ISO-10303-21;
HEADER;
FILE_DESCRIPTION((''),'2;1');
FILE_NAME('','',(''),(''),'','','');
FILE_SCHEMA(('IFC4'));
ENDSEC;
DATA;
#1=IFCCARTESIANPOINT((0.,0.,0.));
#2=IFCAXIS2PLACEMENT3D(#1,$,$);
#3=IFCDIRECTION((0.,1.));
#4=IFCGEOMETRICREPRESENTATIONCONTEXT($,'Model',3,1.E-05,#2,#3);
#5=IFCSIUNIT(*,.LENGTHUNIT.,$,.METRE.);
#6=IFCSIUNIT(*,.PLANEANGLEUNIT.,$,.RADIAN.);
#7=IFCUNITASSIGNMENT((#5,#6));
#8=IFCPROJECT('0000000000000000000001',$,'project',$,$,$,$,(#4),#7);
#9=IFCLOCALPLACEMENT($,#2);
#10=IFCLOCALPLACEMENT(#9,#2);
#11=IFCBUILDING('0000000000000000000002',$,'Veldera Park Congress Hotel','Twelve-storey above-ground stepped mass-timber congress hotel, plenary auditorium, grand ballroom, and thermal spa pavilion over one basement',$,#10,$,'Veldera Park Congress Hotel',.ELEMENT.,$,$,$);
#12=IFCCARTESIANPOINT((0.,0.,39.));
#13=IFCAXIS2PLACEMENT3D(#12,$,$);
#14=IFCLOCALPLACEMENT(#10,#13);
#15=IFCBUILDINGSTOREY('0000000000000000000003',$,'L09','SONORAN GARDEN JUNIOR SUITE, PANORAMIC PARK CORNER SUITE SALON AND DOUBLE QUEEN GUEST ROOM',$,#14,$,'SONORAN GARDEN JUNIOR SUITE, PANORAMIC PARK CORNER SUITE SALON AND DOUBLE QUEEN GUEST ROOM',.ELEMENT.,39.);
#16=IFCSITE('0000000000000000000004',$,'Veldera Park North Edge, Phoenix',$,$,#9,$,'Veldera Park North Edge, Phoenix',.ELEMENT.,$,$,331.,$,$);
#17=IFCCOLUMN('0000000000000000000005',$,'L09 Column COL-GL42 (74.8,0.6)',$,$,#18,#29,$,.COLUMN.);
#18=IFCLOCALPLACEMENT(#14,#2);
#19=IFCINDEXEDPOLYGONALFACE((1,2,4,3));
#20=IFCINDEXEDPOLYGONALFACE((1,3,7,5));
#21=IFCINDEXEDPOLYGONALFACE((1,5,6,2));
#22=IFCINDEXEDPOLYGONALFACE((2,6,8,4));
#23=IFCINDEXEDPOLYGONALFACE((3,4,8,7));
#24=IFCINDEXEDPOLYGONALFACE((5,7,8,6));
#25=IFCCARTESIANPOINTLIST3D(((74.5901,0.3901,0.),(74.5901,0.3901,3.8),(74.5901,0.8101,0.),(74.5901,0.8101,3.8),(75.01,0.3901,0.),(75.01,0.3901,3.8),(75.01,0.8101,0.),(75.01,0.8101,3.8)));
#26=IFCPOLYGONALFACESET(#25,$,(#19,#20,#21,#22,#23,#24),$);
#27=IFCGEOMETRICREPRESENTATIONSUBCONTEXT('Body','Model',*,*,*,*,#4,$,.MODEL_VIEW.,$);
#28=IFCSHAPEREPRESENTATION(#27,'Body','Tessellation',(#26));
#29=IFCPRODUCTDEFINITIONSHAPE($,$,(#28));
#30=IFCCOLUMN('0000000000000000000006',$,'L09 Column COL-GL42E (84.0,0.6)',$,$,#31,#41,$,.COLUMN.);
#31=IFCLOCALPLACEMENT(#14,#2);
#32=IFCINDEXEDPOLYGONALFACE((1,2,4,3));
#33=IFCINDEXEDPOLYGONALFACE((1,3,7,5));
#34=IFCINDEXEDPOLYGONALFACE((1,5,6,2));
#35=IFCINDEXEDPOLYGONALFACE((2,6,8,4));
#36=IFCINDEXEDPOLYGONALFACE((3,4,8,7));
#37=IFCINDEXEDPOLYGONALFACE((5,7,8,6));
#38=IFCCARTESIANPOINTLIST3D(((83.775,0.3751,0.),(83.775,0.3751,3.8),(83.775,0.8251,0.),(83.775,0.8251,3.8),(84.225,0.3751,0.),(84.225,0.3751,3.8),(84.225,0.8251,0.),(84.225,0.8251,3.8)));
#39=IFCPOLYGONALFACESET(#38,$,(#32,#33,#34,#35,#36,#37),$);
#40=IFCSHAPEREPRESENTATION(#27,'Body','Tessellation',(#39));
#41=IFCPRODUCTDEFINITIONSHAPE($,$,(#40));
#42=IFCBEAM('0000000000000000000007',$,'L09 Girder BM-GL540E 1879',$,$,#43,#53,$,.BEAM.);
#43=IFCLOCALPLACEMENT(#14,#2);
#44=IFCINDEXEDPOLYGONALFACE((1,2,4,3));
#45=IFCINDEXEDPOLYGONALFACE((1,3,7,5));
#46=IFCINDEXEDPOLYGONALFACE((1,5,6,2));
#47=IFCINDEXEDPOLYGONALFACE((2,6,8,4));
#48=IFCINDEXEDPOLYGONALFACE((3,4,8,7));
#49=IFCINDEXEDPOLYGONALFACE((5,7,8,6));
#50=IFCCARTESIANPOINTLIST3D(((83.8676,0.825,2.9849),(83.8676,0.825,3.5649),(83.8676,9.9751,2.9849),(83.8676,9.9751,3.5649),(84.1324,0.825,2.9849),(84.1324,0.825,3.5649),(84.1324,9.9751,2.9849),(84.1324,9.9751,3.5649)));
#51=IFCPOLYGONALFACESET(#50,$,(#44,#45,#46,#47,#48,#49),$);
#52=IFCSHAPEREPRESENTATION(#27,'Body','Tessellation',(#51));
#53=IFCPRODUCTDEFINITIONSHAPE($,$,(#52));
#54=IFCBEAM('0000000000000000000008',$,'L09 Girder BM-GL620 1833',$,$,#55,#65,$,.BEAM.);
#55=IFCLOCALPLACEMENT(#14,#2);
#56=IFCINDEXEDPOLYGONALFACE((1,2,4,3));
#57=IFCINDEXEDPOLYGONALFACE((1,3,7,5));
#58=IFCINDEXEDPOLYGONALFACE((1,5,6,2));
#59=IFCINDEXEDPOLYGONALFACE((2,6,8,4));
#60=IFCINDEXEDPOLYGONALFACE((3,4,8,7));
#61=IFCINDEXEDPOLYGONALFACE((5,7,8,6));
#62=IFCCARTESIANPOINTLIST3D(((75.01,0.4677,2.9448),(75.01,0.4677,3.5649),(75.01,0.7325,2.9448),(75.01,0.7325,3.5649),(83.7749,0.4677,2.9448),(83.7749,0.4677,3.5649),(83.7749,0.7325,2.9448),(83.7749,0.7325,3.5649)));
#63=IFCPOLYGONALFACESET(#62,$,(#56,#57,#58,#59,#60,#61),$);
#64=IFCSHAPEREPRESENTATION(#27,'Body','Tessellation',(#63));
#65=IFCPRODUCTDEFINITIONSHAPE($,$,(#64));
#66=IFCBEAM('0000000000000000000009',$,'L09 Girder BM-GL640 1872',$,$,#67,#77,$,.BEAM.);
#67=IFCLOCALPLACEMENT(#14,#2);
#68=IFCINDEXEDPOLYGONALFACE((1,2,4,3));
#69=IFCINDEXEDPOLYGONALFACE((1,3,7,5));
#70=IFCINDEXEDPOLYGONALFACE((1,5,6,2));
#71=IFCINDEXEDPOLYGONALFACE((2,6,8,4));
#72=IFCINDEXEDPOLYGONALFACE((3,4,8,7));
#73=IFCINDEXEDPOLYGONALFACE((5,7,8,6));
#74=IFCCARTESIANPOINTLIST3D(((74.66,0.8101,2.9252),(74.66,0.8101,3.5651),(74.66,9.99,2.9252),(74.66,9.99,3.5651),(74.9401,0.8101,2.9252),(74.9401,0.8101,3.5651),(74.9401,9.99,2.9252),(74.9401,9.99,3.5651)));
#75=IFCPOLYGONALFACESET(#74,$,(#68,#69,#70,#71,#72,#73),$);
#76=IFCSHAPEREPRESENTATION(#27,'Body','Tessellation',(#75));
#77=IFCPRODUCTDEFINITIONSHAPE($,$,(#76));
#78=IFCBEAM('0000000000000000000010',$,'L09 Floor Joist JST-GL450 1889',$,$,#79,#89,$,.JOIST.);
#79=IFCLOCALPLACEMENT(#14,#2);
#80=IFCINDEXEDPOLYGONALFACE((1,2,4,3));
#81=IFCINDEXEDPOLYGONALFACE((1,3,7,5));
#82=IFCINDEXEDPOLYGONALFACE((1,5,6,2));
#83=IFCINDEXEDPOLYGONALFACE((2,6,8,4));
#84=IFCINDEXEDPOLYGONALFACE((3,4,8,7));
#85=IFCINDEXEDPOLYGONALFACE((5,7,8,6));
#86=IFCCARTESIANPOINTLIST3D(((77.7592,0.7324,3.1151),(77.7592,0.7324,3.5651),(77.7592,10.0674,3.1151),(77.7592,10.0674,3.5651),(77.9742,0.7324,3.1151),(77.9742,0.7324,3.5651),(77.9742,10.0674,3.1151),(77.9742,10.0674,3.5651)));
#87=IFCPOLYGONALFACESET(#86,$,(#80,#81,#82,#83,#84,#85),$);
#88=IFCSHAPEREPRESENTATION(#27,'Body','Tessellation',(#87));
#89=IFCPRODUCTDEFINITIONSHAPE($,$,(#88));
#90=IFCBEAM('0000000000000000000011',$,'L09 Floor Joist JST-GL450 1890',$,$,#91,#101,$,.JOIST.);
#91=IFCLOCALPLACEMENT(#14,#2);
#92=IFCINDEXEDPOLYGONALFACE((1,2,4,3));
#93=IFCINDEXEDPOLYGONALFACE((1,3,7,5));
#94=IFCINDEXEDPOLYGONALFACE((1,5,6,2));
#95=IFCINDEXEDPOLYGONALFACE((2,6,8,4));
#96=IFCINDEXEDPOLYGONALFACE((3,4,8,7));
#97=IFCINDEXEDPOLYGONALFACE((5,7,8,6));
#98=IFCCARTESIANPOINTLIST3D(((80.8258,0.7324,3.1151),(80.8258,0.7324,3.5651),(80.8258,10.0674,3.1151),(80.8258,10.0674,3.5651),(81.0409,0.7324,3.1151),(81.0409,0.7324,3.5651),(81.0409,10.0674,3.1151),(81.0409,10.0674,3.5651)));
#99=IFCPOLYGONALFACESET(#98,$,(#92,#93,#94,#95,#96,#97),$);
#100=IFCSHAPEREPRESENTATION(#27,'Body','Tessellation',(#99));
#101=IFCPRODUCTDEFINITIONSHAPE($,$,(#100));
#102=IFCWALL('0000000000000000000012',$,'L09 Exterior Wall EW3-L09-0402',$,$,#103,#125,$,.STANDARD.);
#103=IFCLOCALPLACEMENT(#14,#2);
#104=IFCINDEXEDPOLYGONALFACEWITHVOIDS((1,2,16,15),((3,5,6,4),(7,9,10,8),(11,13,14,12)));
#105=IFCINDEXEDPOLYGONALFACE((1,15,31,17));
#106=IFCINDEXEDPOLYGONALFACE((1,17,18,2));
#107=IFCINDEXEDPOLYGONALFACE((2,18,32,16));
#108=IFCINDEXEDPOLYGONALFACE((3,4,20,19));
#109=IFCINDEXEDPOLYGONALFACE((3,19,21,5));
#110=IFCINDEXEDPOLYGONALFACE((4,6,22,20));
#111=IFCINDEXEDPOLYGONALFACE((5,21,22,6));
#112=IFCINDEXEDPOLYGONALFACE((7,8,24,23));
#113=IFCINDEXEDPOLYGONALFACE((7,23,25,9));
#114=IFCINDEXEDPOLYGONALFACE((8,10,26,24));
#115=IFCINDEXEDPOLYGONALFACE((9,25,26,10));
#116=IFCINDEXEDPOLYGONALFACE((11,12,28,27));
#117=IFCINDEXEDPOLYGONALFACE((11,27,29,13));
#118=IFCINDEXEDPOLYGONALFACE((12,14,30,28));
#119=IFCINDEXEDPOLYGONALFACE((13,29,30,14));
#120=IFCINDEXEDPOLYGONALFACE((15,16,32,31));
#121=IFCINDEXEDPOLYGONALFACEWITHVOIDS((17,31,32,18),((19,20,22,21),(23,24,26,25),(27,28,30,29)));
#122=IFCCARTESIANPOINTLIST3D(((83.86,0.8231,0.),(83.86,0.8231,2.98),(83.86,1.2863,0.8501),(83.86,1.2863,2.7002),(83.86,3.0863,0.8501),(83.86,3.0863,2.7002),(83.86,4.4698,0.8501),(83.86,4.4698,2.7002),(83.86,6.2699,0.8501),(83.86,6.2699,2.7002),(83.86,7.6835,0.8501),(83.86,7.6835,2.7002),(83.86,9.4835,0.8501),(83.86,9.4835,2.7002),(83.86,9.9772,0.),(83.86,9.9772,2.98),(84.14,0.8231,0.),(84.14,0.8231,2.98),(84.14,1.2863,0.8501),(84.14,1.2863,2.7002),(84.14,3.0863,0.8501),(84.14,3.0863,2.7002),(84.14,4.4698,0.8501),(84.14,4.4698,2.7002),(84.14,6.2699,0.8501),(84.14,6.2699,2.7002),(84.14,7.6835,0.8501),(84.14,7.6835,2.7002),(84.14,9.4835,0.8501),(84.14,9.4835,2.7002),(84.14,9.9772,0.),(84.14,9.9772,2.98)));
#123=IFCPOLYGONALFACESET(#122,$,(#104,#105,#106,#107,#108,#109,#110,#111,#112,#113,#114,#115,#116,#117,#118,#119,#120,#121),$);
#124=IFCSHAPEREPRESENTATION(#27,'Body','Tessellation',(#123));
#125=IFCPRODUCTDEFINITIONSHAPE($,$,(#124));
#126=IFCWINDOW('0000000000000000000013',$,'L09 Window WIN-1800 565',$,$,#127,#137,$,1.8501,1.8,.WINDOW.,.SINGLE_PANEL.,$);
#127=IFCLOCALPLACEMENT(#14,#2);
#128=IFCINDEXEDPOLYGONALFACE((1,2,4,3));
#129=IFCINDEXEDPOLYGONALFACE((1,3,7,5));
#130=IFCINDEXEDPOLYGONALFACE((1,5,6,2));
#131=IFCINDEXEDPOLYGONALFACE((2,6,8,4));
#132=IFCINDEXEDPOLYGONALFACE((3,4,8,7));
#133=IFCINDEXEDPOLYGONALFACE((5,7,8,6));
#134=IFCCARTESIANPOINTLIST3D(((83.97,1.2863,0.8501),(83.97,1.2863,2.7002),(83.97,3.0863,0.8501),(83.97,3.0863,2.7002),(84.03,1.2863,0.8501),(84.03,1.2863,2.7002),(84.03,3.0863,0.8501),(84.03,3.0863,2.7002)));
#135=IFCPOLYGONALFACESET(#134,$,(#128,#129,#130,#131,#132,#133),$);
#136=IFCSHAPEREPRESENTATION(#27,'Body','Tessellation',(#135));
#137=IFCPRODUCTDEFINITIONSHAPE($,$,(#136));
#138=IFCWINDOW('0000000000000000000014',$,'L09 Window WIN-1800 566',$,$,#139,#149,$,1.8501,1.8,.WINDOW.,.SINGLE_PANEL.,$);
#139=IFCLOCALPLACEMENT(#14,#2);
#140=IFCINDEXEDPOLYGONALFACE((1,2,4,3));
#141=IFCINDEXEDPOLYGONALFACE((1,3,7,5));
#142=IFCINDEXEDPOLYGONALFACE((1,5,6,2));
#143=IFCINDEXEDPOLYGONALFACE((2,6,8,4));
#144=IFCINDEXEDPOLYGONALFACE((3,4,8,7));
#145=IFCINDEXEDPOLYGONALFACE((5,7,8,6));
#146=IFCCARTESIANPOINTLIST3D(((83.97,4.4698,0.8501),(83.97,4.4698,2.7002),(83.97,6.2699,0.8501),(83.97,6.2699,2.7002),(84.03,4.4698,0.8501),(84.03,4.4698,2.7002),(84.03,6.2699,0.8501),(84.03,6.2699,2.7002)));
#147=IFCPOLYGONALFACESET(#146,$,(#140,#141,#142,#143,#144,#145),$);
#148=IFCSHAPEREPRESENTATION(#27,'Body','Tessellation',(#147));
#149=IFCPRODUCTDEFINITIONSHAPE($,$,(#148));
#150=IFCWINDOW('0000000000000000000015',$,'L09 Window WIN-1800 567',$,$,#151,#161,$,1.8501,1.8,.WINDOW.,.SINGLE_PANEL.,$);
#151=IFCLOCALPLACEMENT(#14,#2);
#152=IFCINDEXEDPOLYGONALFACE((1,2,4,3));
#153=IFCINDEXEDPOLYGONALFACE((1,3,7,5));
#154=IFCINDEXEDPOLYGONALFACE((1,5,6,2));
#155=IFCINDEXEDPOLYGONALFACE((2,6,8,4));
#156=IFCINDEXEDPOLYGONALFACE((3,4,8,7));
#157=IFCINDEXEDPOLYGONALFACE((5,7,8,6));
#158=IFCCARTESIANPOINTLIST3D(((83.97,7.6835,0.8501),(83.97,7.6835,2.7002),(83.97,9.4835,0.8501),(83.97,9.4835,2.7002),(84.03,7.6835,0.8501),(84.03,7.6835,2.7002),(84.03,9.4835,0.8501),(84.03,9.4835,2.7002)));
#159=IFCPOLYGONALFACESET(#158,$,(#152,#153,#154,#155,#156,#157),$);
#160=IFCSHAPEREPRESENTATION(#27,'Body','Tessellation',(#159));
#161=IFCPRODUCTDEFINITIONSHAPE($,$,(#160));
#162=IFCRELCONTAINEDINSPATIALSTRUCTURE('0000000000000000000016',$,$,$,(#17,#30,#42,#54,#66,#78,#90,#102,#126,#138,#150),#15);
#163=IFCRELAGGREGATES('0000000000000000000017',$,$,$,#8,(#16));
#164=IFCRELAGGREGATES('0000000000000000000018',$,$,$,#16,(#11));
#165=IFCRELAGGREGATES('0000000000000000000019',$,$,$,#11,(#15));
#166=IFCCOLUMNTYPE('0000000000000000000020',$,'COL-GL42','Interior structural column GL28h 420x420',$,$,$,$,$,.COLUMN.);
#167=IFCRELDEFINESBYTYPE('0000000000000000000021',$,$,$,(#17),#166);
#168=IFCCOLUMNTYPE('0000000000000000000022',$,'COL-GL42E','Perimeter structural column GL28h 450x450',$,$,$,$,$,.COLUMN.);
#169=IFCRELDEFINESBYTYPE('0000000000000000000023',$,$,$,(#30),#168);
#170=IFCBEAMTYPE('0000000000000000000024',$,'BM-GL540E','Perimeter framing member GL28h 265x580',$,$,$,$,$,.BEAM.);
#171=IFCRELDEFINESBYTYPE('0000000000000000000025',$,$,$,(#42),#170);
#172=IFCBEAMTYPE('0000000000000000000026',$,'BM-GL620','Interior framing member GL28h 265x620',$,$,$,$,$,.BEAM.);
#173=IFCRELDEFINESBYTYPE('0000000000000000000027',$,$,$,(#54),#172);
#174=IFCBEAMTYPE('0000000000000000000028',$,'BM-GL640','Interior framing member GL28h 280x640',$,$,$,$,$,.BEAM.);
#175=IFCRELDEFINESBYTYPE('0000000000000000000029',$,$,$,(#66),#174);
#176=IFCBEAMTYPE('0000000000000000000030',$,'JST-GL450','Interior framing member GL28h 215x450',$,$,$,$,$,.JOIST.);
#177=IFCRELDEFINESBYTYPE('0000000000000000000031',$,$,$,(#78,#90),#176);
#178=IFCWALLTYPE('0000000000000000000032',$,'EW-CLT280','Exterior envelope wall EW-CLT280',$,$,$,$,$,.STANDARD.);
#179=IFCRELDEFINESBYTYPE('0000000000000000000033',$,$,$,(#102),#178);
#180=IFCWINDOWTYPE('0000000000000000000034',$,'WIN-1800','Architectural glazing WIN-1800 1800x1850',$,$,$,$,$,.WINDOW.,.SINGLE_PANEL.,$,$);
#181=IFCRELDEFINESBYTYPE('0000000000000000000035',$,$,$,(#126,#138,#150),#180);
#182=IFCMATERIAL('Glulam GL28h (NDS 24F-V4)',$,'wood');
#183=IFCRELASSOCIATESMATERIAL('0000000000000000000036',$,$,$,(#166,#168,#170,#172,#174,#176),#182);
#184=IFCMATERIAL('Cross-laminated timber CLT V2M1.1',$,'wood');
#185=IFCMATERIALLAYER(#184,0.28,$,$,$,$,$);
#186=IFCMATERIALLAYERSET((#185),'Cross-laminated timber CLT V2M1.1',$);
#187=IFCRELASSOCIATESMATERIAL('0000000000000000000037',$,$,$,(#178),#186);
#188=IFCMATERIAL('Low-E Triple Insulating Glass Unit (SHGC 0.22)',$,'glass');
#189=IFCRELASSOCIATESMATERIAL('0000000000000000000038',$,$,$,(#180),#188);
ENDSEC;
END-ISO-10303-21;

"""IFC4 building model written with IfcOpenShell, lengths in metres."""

from ifc_helpers import new_model, si_unit, direction, frame, frame_2d, origin, origin_2d, place, context, subcontext, project, spatial, rectangle, extrude, material, layer, layer_set, material_profile, profile_set, type_object, element, fill, save


model = new_model("IFC4")

# Units and contexts
model_context = context("Model", 3, precision=1e-05, world=origin(), true_north=direction((0.0, 1.0)))
body_context = subcontext(model_context, "Body", "Model", "MODEL_VIEW")
ifc_project = project(units=[si_unit("LENGTHUNIT", "METRE"), si_unit("PLANEANGLEUNIT", "RADIAN")], contexts=[model_context])

# Site, building, storey
site_placement = place(None, origin())
site = spatial("IfcSite", under=ifc_project, at=site_placement, Name="Veldera Park North Edge, Phoenix", LongName="Veldera Park North Edge, Phoenix", CompositionType="ELEMENT", RefElevation=331.0)
building_placement = place(site_placement, origin())
building = spatial("IfcBuilding", under=site, at=building_placement, Name="Veldera Park Congress Hotel", Description="Twelve-storey above-ground stepped mass-timber congress hotel, plenary auditorium, grand ballroom, and thermal spa pavilion over one basement", LongName="Veldera Park Congress Hotel", CompositionType="ELEMENT")
storey_placement = place(building_placement, frame((0.0, 0.0, 39.0)))
storey = spatial("IfcBuildingStorey", under=building, at=storey_placement, Name="L09", Description="SONORAN GARDEN JUNIOR SUITE, PANORAMIC PARK CORNER SUITE SALON AND DOUBLE QUEEN GUEST ROOM", LongName="SONORAN GARDEN JUNIOR SUITE, PANORAMIC PARK CORNER SUITE SALON AND DOUBLE QUEEN GUEST ROOM", CompositionType="ELEMENT", Elevation=39.0)

# Columns
ifc_material_1 = material(Name="Glulam GL28h (NDS 24F-V4)", Category="wood")
ifc_material_profile_1 = material_profile(ifc_material_1, rectangle(XDim=0.4199, YDim=0.4199, at=origin_2d()), Name="GL28h 420x420")
ifc_profile_set_1 = profile_set([ifc_material_profile_1], Name="Glulam GL28h (NDS 24F-V4)")
column_type_1 = type_object("IfcColumnType", Name="COL-GL42", Description="Interior structural column GL28h 420x420", PredefinedType="COLUMN", material=ifc_profile_set_1)
column_1_placement = place(storey_placement, frame((74.8, 0.6001, 0.0), z_axis=(0.0, 0.0, 1.0), x_axis=(1.0, 0.0, 0.0)))
element("IfcColumn", 1, at=column_1_placement, inside=storey, type_object=column_type_1, Name="L09 Column COL-GL42 (74.8,0.6)", PredefinedType="COLUMN", context=body_context, shape_type="SweptSolid", body=[
    extrude(rectangle(XDim=0.4199, YDim=0.4199, at=origin_2d()), origin(), (0.0, 0.0, 1.0), 3.8),
])
ifc_material_profile_2 = material_profile(ifc_material_1, rectangle(XDim=0.45, YDim=0.45, at=origin_2d()), Name="GL28h 450x450")
ifc_profile_set_2 = profile_set([ifc_material_profile_2], Name="Glulam GL28h (NDS 24F-V4)")
column_type_2 = type_object("IfcColumnType", Name="COL-GL42E", Description="Perimeter structural column GL28h 450x450", PredefinedType="COLUMN", material=ifc_profile_set_2)
column_2_placement = place(storey_placement, frame((84.0, 0.6001, 0.0), z_axis=(0.0, 0.0, 1.0), x_axis=(1.0, 0.0, 0.0)))
element("IfcColumn", 2, at=column_2_placement, inside=storey, type_object=column_type_2, Name="L09 Column COL-GL42E (84.0,0.6)", PredefinedType="COLUMN", context=body_context, shape_type="SweptSolid", body=[
    extrude(rectangle(XDim=0.45, YDim=0.45, at=origin_2d()), origin(), (0.0, 0.0, 1.0), 3.8),
])

# Beams
ifc_material_profile_3 = material_profile(ifc_material_1, rectangle(XDim=0.2649, YDim=0.5801, at=origin_2d()), Name="GL28h 265x580")
ifc_profile_set_3 = profile_set([ifc_material_profile_3], Name="Glulam GL28h (NDS 24F-V4)")
beam_type_1 = type_object("IfcBeamType", Name="BM-GL540E", Description="Perimeter framing member GL28h 265x580", PredefinedType="BEAM", material=ifc_profile_set_3)
beam_1_placement = place(storey_placement, frame((84.0, 0.825, 3.2749), z_axis=(0.0, 1.0, 0.0), x_axis=(-1.0, 0.0, 0.0)))
element("IfcBeam", 3, at=beam_1_placement, inside=storey, type_object=beam_type_1, Name="L09 Girder BM-GL540E 1879", PredefinedType="BEAM", context=body_context, shape_type="SweptSolid", body=[
    extrude(rectangle(XDim=0.2649, YDim=0.5801, at=origin_2d()), origin(), (0.0, 0.0, 1.0), 9.1501),
])
ifc_material_profile_4 = material_profile(ifc_material_1, rectangle(XDim=0.2649, YDim=0.6201, at=origin_2d()), Name="GL28h 265x620")
ifc_profile_set_4 = profile_set([ifc_material_profile_4], Name="Glulam GL28h (NDS 24F-V4)")
beam_type_2 = type_object("IfcBeamType", Name="BM-GL620", Description="Interior framing member GL28h 265x620", PredefinedType="BEAM", material=ifc_profile_set_4)
beam_2_placement = place(storey_placement, frame((75.01, 0.6001, 3.2549), z_axis=(1.0, 0.0, 0.0), x_axis=(0.0, 1.0, 0.0)))
element("IfcBeam", 4, at=beam_2_placement, inside=storey, type_object=beam_type_2, Name="L09 Girder BM-GL620 1833", PredefinedType="BEAM", context=body_context, shape_type="SweptSolid", body=[
    extrude(rectangle(XDim=0.2649, YDim=0.6201, at=origin_2d()), origin(), (0.0, 0.0, 1.0), 8.7649),
])
ifc_material_profile_5 = material_profile(ifc_material_1, rectangle(XDim=0.28, YDim=0.6399, at=origin_2d()), Name="GL28h 280x640")
ifc_profile_set_5 = profile_set([ifc_material_profile_5], Name="Glulam GL28h (NDS 24F-V4)")
beam_type_3 = type_object("IfcBeamType", Name="BM-GL640", Description="Interior framing member GL28h 280x640", PredefinedType="BEAM", material=ifc_profile_set_5)
beam_3_placement = place(storey_placement, frame((74.8, 0.8101, 3.2451), z_axis=(0.0, 1.0, 0.0), x_axis=(-1.0, 0.0, 0.0)))
element("IfcBeam", 5, at=beam_3_placement, inside=storey, type_object=beam_type_3, Name="L09 Girder BM-GL640 1872", PredefinedType="BEAM", context=body_context, shape_type="SweptSolid", body=[
    extrude(rectangle(XDim=0.28, YDim=0.6399, at=origin_2d()), origin(), (0.0, 0.0, 1.0), 9.1799),
])
ifc_material_profile_6 = material_profile(ifc_material_1, rectangle(XDim=0.2151, YDim=0.45, at=origin_2d()), Name="GL28h 215x450")
ifc_profile_set_6 = profile_set([ifc_material_profile_6], Name="Glulam GL28h (NDS 24F-V4)")
beam_type_4 = type_object("IfcBeamType", Name="JST-GL450", Description="Interior framing member GL28h 215x450", PredefinedType="JOIST", material=ifc_profile_set_6)
for number, where, z_axis, x_axis, name in (
    (6, (77.8667, 0.7324, 3.3401), (0.0, 1.0, 0.0), (-1.0, 0.0, 0.0), "L09 Floor Joist JST-GL450 1889"),
    (7, (80.9333, 0.7324, 3.3401), (0.0, 1.0, 0.0), (-1.0, 0.0, 0.0), "L09 Floor Joist JST-GL450 1890"),
):
    element("IfcBeam", number, at=place(storey_placement, frame(where, z_axis=z_axis, x_axis=x_axis)), inside=storey, type_object=beam_type_4, Name=name, PredefinedType="JOIST", context=body_context, shape_type="SweptSolid", body=[
        extrude(rectangle(XDim=0.2151, YDim=0.45, at=origin_2d()), origin(), (0.0, 0.0, 1.0), 9.335),
    ])

# Wall, openings, windows
ifc_material_2 = material(Name="Cross-laminated timber CLT V2M1.1", Category="wood")
ifc_layer_1 = layer(ifc_material_2, 0.28)
ifc_layer_set_1 = layer_set([ifc_layer_1], Name="Cross-laminated timber CLT V2M1.1")
wall_type_1 = type_object("IfcWallType", Name="EW-CLT280", Description="Exterior envelope wall EW-CLT280", PredefinedType="STANDARD", material=ifc_layer_set_1)
wall_1_placement = place(storey_placement, frame((84.0, 0.823, 0.0), z_axis=(0.0, 0.0, 1.0), x_axis=(0.0, 1.0, 0.0)))
wall_1 = element("IfcWall", 8, at=wall_1_placement, inside=storey, type_object=wall_type_1, Name="L09 Exterior Wall EW3-L09-0402", PredefinedType="STANDARD", context=body_context, shape_type="SweptSolid", body=[
    extrude(rectangle(XDim=9.1541, YDim=0.28, at=frame_2d((4.5771, 0.0))), origin(), (0.0, 0.0, 1.0), 2.98),
])
opening_1_placement = place(wall_1_placement, frame((0.4634, 0.0, 0.8501)))
opening_1 = element("IfcOpeningElement", 9, at=opening_1_placement, cuts=wall_1, PredefinedType="OPENING", context=body_context, shape_type="SweptSolid", body=[
    extrude(rectangle(XDim=1.8, YDim=1.8501, at=frame_2d((0.8999, 0.925))), frame((0.0, 0.1521, 0.0), z_axis=(0.0, -1.0, 0.0), x_axis=(1.0, 0.0, 0.0)), (0.0, 0.0, 1.0), 0.304),
])
opening_2_placement = place(wall_1_placement, frame((3.647, 0.0, 0.8501)))
opening_2 = element("IfcOpeningElement", 10, at=opening_2_placement, cuts=wall_1, PredefinedType="OPENING", context=body_context, shape_type="SweptSolid", body=[
    extrude(rectangle(XDim=1.8, YDim=1.8501, at=frame_2d((0.8999, 0.925))), frame((0.0, 0.1521, 0.0), z_axis=(0.0, -1.0, 0.0), x_axis=(1.0, 0.0, 0.0)), (0.0, 0.0, 1.0), 0.304),
])
opening_3_placement = place(wall_1_placement, frame((6.8606, 0.0, 0.8501)))
opening_3 = element("IfcOpeningElement", 11, at=opening_3_placement, cuts=wall_1, PredefinedType="OPENING", context=body_context, shape_type="SweptSolid", body=[
    extrude(rectangle(XDim=1.8, YDim=1.8501, at=frame_2d((0.8999, 0.925))), frame((0.0, 0.1521, 0.0), z_axis=(0.0, -1.0, 0.0), x_axis=(1.0, 0.0, 0.0)), (0.0, 0.0, 1.0), 0.304),
])
ifc_material_3 = material(Name="Low-E Triple Insulating Glass Unit (SHGC 0.22)", Category="glass")
window_type = type_object("IfcWindowType", Name="WIN-1800", Description="Architectural glazing WIN-1800 1800x1850", PartitioningType="SINGLE_PANEL", PredefinedType="WINDOW", material=ifc_material_3)
window_1_placement = place(opening_1_placement, origin())
window_1 = element("IfcWindow", 12, at=window_1_placement, inside=storey, type_object=window_type, Name="L09 Window WIN-1800 565", OverallHeight=1.8501, OverallWidth=1.8, PartitioningType="SINGLE_PANEL", PredefinedType="WINDOW", context=body_context, shape_type="SweptSolid", body=[
    extrude(rectangle(XDim=1.8, YDim=1.8501, at=frame_2d((0.8999, 0.925))), frame((0.0, 0.03, 0.0), z_axis=(0.0, -1.0, 0.0), x_axis=(1.0, 0.0, 0.0)), (0.0, 0.0, 1.0), 0.0601),
])
fill(opening_1, window_1)
window_2_placement = place(opening_2_placement, origin())
window_2 = element("IfcWindow", 13, at=window_2_placement, inside=storey, type_object=window_type, Name="L09 Window WIN-1800 566", OverallHeight=1.8501, OverallWidth=1.8, PartitioningType="SINGLE_PANEL", PredefinedType="WINDOW", context=body_context, shape_type="SweptSolid", body=[
    extrude(rectangle(XDim=1.8, YDim=1.8501, at=frame_2d((0.8999, 0.925))), frame((0.0, 0.03, 0.0), z_axis=(0.0, -1.0, 0.0), x_axis=(1.0, 0.0, 0.0)), (0.0, 0.0, 1.0), 0.0601),
])
fill(opening_2, window_2)
window_3_placement = place(opening_3_placement, origin())
window_3 = element("IfcWindow", 14, at=window_3_placement, inside=storey, type_object=window_type, Name="L09 Window WIN-1800 567", OverallHeight=1.8501, OverallWidth=1.8, PartitioningType="SINGLE_PANEL", PredefinedType="WINDOW", context=body_context, shape_type="SweptSolid", body=[
    extrude(rectangle(XDim=1.8, YDim=1.8501, at=frame_2d((0.8999, 0.925))), frame((0.0, 0.03, 0.0), z_axis=(0.0, -1.0, 0.0), x_axis=(1.0, 0.0, 0.0)), (0.0, 0.0, 1.0), 0.0601),
])
fill(opening_3, window_3)

save(model, "model.ifc")
